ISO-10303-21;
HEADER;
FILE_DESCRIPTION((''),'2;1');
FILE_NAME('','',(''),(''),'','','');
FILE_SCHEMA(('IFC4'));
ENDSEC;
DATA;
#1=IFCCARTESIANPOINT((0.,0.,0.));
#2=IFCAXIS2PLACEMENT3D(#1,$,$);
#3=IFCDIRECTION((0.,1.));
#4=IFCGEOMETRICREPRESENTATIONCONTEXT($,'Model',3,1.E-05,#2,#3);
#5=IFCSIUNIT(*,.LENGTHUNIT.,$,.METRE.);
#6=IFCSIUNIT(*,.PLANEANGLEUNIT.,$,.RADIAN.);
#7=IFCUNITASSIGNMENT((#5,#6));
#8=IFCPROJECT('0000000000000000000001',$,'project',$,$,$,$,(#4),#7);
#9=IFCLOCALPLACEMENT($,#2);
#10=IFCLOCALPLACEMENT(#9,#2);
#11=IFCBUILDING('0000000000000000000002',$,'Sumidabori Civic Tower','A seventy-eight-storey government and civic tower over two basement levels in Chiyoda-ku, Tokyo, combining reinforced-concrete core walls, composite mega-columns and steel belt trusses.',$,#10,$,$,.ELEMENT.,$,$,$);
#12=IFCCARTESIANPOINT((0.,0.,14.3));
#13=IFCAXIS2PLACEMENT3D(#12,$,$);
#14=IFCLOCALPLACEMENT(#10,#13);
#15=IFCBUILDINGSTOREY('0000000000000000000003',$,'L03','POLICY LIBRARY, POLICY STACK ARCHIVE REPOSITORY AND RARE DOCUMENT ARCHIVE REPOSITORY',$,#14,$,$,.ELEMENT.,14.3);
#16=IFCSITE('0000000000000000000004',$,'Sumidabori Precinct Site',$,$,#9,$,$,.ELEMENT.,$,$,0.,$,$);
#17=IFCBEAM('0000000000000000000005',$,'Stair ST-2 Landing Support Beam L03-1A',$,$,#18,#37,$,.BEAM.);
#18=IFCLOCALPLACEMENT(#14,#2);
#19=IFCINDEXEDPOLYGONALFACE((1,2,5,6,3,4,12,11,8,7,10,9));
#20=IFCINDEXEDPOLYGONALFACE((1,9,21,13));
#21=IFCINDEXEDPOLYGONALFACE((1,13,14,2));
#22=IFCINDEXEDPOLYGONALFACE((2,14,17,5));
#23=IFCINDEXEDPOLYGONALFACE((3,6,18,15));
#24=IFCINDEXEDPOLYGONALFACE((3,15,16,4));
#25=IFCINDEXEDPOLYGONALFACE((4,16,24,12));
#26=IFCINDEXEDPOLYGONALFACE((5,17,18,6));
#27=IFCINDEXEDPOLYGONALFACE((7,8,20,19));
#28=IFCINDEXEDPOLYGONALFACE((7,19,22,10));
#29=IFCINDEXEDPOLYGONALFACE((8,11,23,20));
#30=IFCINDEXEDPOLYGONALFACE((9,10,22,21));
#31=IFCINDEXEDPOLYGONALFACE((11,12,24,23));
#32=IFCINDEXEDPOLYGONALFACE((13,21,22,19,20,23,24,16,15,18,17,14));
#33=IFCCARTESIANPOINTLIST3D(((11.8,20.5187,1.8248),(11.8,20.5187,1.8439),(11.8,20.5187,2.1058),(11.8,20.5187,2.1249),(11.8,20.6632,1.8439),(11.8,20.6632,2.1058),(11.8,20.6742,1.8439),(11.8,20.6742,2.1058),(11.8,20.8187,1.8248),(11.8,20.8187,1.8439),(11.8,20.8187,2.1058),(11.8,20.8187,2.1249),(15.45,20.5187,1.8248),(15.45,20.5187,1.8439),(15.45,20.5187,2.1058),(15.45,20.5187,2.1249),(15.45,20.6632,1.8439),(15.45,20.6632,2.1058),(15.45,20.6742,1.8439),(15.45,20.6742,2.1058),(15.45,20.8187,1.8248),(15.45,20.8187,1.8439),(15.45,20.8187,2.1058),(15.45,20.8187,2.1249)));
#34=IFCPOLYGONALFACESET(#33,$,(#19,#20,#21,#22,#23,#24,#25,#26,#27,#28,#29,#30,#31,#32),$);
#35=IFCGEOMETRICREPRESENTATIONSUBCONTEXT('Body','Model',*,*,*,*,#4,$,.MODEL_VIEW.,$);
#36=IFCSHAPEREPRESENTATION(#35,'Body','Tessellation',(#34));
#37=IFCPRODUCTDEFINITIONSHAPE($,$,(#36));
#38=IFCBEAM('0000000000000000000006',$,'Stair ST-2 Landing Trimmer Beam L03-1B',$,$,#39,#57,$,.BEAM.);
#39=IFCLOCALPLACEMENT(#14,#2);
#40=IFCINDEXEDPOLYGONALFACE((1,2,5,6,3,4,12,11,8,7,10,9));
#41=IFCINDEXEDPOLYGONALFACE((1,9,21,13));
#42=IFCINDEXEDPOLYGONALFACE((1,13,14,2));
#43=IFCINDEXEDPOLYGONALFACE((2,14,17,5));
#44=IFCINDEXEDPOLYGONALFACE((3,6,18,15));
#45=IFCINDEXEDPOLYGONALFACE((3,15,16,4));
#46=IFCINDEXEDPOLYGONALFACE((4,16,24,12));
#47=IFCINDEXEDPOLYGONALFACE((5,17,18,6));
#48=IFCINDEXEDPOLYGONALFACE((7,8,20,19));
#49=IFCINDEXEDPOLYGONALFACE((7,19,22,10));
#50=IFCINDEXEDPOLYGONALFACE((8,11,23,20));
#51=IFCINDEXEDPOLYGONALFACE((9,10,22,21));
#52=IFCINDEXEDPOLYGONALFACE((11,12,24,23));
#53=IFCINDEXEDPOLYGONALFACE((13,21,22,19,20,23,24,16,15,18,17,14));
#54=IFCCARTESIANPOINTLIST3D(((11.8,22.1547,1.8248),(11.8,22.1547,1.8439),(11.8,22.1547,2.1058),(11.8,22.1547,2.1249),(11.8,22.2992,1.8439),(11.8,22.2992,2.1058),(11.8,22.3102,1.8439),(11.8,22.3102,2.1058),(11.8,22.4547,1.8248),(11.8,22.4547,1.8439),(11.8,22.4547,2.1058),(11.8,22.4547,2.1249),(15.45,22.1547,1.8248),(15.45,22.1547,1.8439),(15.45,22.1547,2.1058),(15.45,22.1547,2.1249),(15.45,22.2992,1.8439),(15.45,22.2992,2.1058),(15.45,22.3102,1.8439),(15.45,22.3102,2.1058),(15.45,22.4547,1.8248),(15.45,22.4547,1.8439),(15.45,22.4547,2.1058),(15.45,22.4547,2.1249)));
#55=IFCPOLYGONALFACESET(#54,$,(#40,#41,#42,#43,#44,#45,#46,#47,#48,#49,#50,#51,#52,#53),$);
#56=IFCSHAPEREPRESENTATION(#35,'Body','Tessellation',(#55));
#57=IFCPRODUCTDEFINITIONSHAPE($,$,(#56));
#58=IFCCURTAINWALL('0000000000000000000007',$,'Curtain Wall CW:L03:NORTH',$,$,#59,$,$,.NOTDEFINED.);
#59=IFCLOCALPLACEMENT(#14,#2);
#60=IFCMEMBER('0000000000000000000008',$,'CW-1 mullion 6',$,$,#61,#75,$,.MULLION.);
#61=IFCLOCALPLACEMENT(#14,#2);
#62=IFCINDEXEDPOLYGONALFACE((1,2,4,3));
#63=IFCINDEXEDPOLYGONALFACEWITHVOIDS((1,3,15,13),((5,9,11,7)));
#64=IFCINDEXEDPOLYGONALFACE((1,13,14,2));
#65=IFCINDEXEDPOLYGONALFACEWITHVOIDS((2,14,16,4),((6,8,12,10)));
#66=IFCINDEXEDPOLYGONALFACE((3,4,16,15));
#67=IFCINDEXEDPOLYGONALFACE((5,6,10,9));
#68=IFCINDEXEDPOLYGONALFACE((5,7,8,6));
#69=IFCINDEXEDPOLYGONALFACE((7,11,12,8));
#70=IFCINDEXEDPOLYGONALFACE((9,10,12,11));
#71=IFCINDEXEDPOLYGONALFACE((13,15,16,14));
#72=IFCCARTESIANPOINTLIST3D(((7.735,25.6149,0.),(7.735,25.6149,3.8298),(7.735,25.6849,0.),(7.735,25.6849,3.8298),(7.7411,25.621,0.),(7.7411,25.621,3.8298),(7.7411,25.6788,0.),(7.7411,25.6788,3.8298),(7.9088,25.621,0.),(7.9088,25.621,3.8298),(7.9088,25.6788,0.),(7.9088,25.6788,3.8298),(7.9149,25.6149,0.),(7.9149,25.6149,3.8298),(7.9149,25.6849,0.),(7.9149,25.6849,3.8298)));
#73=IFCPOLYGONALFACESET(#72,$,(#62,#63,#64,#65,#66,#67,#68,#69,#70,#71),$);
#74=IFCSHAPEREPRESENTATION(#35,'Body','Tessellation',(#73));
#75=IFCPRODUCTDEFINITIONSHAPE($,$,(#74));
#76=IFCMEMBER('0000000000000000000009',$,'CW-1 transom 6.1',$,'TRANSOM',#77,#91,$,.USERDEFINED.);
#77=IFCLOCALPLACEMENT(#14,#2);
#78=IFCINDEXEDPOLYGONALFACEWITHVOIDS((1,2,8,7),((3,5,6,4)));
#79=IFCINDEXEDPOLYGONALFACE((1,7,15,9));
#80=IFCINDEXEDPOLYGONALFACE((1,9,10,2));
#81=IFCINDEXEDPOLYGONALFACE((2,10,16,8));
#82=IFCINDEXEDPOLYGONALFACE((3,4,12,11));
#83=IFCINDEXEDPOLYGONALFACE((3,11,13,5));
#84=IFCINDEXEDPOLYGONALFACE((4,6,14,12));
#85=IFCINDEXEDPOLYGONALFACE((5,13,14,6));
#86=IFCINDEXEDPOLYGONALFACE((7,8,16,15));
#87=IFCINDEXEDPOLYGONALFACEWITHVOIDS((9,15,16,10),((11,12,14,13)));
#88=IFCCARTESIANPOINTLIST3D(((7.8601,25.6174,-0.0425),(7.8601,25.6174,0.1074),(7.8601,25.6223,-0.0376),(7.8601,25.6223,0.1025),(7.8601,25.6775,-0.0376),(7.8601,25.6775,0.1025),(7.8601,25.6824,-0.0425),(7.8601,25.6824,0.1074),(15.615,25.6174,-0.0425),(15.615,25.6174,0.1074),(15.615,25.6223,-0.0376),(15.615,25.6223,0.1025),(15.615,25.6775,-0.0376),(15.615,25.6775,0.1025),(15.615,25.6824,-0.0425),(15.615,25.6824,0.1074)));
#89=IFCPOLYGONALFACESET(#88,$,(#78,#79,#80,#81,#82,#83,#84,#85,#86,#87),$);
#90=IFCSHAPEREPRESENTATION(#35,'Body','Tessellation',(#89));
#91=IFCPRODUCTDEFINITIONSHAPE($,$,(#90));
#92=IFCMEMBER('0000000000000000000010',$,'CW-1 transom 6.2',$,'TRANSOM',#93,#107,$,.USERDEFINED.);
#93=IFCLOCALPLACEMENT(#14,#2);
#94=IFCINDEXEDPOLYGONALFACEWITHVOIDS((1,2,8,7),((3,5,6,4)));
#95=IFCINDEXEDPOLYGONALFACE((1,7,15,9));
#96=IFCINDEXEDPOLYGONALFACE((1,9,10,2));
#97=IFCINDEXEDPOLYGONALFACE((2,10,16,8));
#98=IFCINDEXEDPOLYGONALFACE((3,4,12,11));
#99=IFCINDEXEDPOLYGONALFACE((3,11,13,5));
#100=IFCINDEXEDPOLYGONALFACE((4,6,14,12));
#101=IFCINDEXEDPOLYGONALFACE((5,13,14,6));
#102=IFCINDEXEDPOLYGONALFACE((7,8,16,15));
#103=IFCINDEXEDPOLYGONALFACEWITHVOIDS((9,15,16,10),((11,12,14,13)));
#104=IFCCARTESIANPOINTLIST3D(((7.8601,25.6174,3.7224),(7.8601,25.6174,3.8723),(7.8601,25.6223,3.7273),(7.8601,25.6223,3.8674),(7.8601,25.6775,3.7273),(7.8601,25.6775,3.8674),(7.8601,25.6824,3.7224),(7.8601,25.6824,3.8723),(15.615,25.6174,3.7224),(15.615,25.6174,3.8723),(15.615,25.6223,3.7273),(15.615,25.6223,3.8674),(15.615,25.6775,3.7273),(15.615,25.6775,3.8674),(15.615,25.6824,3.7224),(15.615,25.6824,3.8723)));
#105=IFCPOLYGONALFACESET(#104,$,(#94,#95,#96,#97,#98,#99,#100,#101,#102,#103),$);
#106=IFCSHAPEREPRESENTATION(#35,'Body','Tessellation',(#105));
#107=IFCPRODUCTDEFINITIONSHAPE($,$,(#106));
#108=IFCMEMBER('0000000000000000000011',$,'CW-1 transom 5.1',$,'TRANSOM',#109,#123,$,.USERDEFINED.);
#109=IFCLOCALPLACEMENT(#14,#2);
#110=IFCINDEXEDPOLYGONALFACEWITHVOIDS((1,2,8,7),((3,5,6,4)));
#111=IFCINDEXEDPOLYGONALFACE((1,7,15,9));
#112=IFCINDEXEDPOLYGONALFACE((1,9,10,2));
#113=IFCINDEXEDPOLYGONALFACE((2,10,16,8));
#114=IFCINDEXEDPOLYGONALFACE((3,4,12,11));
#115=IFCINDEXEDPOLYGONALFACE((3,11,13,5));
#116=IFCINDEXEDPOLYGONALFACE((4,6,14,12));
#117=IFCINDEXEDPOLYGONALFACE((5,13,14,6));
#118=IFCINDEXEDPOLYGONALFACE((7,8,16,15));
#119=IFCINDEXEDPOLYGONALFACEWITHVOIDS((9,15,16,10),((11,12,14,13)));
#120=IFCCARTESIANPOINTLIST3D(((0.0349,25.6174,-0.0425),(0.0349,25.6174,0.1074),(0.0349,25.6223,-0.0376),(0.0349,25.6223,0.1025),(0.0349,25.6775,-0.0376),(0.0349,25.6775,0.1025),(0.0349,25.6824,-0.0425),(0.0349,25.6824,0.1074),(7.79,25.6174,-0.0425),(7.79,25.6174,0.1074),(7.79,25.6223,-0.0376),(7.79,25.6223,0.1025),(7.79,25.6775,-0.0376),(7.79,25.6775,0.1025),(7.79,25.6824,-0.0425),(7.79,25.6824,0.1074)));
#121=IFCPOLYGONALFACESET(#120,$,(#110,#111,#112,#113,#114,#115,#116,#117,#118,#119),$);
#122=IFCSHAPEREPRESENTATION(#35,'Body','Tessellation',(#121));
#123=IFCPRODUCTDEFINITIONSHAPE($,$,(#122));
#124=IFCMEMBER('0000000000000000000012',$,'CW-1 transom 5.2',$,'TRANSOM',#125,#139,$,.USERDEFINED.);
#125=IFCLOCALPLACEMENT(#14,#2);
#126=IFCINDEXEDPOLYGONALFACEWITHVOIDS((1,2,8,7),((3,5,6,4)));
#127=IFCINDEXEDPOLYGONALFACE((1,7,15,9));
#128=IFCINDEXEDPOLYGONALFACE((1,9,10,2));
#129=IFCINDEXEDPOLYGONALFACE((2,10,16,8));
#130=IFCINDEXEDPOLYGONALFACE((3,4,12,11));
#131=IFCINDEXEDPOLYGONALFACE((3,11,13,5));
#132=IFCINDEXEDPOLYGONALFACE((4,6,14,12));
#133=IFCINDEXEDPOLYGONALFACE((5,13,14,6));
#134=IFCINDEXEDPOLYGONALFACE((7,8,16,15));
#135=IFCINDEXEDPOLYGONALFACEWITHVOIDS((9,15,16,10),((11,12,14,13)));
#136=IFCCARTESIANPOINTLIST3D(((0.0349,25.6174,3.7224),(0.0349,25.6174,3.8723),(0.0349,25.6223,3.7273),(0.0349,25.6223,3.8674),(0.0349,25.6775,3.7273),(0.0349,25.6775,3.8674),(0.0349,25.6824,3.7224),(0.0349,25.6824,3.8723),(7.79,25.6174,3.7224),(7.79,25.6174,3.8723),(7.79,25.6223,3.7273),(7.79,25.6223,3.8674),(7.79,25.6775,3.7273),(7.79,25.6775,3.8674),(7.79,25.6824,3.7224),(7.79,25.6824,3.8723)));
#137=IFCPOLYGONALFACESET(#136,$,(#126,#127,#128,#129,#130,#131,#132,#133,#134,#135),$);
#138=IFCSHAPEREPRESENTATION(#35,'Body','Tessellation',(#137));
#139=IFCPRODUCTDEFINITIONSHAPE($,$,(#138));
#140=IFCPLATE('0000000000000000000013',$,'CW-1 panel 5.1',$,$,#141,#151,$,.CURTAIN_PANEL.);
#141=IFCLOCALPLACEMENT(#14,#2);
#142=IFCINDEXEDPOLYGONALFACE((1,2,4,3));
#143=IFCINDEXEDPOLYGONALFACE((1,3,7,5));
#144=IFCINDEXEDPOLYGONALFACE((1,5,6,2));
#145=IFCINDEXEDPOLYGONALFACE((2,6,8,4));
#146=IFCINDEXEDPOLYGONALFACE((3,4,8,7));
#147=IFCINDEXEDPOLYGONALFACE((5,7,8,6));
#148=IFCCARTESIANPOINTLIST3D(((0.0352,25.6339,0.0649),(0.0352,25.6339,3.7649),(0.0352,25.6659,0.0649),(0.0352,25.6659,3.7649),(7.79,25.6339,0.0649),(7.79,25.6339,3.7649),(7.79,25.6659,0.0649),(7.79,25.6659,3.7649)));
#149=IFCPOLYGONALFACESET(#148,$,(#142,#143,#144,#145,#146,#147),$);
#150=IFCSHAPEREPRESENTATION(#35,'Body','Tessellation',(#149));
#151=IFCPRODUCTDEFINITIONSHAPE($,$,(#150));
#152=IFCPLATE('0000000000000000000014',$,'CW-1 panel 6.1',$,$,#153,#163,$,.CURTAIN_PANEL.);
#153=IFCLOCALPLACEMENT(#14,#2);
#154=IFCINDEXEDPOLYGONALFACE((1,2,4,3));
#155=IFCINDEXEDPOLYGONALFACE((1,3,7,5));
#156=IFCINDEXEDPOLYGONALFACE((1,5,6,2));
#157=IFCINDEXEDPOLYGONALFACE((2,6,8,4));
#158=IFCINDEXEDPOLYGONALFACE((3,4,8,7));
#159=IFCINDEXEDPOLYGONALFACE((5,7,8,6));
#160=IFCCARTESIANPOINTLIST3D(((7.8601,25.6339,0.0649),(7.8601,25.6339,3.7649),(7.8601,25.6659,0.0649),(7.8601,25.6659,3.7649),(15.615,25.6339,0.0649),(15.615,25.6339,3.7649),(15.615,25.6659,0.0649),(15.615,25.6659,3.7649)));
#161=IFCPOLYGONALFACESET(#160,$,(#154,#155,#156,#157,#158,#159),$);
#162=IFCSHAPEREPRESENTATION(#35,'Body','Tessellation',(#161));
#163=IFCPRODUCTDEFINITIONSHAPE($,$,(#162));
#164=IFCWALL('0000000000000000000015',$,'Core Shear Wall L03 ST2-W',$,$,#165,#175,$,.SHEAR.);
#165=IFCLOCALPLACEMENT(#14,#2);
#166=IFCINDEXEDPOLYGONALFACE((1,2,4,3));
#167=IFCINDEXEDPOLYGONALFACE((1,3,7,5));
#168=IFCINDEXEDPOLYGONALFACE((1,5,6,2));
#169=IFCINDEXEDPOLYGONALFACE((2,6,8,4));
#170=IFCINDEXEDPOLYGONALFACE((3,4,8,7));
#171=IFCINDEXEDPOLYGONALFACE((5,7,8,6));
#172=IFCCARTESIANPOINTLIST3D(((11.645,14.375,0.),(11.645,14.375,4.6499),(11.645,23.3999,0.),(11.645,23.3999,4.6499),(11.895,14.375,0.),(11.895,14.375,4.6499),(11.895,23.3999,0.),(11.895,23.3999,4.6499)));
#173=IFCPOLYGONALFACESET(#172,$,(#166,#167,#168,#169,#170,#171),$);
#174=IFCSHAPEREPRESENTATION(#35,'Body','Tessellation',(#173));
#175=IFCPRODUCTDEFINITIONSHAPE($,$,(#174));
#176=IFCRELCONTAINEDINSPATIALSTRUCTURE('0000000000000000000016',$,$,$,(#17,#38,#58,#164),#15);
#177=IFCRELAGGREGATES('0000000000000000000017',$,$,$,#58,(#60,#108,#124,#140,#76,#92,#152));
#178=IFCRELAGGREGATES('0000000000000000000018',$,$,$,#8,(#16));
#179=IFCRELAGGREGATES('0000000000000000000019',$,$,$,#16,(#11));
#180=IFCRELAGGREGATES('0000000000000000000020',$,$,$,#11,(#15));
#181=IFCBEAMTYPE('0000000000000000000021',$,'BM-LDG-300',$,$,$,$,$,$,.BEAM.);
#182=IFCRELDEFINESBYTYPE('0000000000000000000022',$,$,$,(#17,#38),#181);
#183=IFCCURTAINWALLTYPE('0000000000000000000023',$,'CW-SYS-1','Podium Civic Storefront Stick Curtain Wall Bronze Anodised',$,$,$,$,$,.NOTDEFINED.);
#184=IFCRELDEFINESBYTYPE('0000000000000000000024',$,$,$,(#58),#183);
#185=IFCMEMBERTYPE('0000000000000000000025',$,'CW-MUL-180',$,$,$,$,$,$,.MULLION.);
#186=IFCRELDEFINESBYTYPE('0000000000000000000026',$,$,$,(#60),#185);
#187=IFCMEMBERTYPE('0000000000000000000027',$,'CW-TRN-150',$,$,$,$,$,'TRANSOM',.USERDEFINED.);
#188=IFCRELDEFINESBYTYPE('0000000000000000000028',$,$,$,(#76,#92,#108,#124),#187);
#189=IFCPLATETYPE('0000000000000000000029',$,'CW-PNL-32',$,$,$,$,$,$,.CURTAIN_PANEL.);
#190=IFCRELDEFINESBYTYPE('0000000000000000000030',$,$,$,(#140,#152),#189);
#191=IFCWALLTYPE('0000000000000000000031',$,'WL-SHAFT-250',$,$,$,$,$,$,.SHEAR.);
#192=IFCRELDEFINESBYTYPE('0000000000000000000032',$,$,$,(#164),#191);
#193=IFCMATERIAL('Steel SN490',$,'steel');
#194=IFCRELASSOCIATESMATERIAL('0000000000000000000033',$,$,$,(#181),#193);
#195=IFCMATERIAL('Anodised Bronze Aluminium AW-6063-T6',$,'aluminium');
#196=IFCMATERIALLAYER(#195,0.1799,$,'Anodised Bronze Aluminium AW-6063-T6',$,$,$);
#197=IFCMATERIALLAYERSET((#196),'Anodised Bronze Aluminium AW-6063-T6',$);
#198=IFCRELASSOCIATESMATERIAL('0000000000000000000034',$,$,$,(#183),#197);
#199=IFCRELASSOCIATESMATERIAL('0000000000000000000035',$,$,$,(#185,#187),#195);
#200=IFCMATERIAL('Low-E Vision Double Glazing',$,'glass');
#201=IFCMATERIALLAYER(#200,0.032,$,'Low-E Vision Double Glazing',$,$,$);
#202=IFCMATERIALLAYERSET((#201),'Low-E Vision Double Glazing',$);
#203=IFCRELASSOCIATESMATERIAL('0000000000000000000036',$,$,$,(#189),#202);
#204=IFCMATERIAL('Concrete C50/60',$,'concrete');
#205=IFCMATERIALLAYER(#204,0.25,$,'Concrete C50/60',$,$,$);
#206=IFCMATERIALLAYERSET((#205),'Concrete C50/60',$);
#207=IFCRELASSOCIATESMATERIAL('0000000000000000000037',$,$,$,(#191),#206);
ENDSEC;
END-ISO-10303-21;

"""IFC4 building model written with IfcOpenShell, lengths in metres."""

from ifc_helpers import new_model, si_unit, direction, frame, frame_2d, origin, origin_2d, place, context, subcontext, project, spatial, rectangle, hollow_rectangle, i_section, extrude, source, transform, mapped, material, layer, layer_set, material_profile, profile_set, type_object, element, aggregate, save


model = new_model("IFC4")

# Units and contexts
model_context = context("Model", 3, precision=1e-05, world=origin(), true_north=direction((0.0, 1.0)))
body_context = subcontext(model_context, "Body", "Model", "MODEL_VIEW")
ifc_project = project(units=[si_unit("LENGTHUNIT", "METRE"), si_unit("PLANEANGLEUNIT", "RADIAN")], contexts=[model_context])

# Site, building, storey
site_placement = place(None, origin())
site = spatial("IfcSite", under=ifc_project, at=site_placement, Name="Sumidabori Precinct Site", CompositionType="ELEMENT", RefElevation=0.0)
building_placement = place(site_placement, origin())
building = spatial("IfcBuilding", under=site, at=building_placement, Name="Sumidabori Civic Tower", Description="A seventy-eight-storey government and civic tower over two basement levels in Chiyoda-ku, Tokyo, combining reinforced-concrete core walls, composite mega-columns and steel belt trusses.", CompositionType="ELEMENT")
storey_placement = place(building_placement, frame((0.0, 0.0, 14.3)))
storey = spatial("IfcBuildingStorey", under=building, at=storey_placement, Name="L03", Description="POLICY LIBRARY, POLICY STACK ARCHIVE REPOSITORY AND RARE DOCUMENT ARCHIVE REPOSITORY", CompositionType="ELEMENT", Elevation=14.3)

# Beams
ifc_material_1 = material(Name="Steel SN490", Category="steel")
ifc_material_profile_1 = material_profile(ifc_material_1, i_section(OverallWidth=0.3, OverallDepth=0.3, WebThickness=0.011, FlangeThickness=0.019, at=origin_2d()), Name="HE 300 B")
ifc_profile_set_1 = profile_set([ifc_material_profile_1], Name="Steel SN490")
beam_type = type_object("IfcBeamType", Name="BM-LDG-300", PredefinedType="BEAM", material=ifc_profile_set_1)
shared_shape_1 = source(origin(), body_context, "Body", "SweptSolid", [
    extrude(i_section(OverallWidth=0.3, OverallDepth=0.3, WebThickness=0.011, FlangeThickness=0.019, at=origin_2d()), origin(), (0.0, 0.0, 1.0), 3.6499),
])
for number, where, z_axis, x_axis, name in (
    (1, (11.8, 20.6687, 1.9749), (1.0, 0.0, 0.0), (0.0, 1.0, 0.0), "Stair ST-2 Landing Support Beam L03-1A"),
    (2, (11.8, 22.3047, 1.9749), (1.0, 0.0, 0.0), (0.0, 1.0, 0.0), "Stair ST-2 Landing Trimmer Beam L03-1B"),
):
    element("IfcBeam", number, at=place(storey_placement, frame(where, z_axis=z_axis, x_axis=x_axis)), inside=storey, type_object=beam_type, Name=name, PredefinedType="BEAM", context=body_context, shape_type="MappedRepresentation", body=[
        mapped(shared_shape_1, transform((0.0, 0.0, 0.0), x_axis=(1.0, 0.0, 0.0), y_axis=(0.0, 1.0, 0.0), z_axis=(0.0, 0.0, 1.0), scale=1.0)),
    ])

# Curtain wall, members, plates
ifc_material_2 = material(Name="Anodised Bronze Aluminium AW-6063-T6", Category="aluminium")
ifc_layer_1 = layer(ifc_material_2, 0.1799, Name="Anodised Bronze Aluminium AW-6063-T6")
ifc_layer_set_1 = layer_set([ifc_layer_1], Name="Anodised Bronze Aluminium AW-6063-T6")
curtain_wall_type = type_object("IfcCurtainWallType", Name="CW-SYS-1", Description="Podium Civic Storefront Stick Curtain Wall Bronze Anodised", PredefinedType="NOTDEFINED", material=ifc_layer_set_1)
curtain_wall_placement = place(storey_placement, origin())
curtain_wall = element("IfcCurtainWall", 3, at=curtain_wall_placement, inside=storey, type_object=curtain_wall_type, Name="Curtain Wall CW:L03:NORTH", PredefinedType="NOTDEFINED")
ifc_material_profile_2 = material_profile(ifc_material_2, hollow_rectangle(XDim=0.0701, YDim=0.1799, WallThickness=0.0061, at=origin_2d()), Name="ALU MULLION 180x70")
ifc_profile_set_2 = profile_set([ifc_material_profile_2], Name="Anodised Bronze Aluminium AW-6063-T6")
member_type_1 = type_object("IfcMemberType", Name="CW-MUL-180", PredefinedType="MULLION", material=ifc_profile_set_2)
shared_shape_2 = source(origin(), body_context, "Body", "SweptSolid", [
    extrude(hollow_rectangle(XDim=0.0701, YDim=0.1799, WallThickness=0.0061, at=origin_2d()), origin(), (0.0, 0.0, 1.0), 3.8298),
])
member_1_placement = place(storey_placement, frame((7.825, 25.6499, 0.0), z_axis=(0.0, 0.0, 1.0), x_axis=(0.0, 1.0, 0.0)))
member_1 = element("IfcMember", 4, at=member_1_placement, type_object=member_type_1, Name="CW-1 mullion 6", PredefinedType="MULLION", context=body_context, shape_type="MappedRepresentation", body=[
    mapped(shared_shape_2, transform((0.0, 0.0, 0.0), x_axis=(1.0, 0.0, 0.0), y_axis=(0.0, 1.0, 0.0), z_axis=(0.0, 0.0, 1.0), scale=1.0)),
])
ifc_material_profile_3 = material_profile(ifc_material_2, hollow_rectangle(XDim=0.0649, YDim=0.1499, WallThickness=0.0049, at=origin_2d()), Name="ALU TRANSOM 150x65")
ifc_profile_set_3 = profile_set([ifc_material_profile_3], Name="Anodised Bronze Aluminium AW-6063-T6")
member_type_2 = type_object("IfcMemberType", Name="CW-TRN-150", ElementType="TRANSOM", PredefinedType="USERDEFINED", material=ifc_profile_set_3)
shared_shape_3 = source(origin(), body_context, "Body", "SweptSolid", [
    extrude(hollow_rectangle(XDim=0.0649, YDim=0.1499, WallThickness=0.0049, at=origin_2d()), origin(), (0.0, 0.0, 1.0), 7.7549),
])
member_2_placement = place(storey_placement, frame((7.8601, 25.6499, 0.0325), z_axis=(1.0, 0.0, 0.0), x_axis=(0.0, 1.0, 0.0)))
member_2 = element("IfcMember", 5, at=member_2_placement, type_object=member_type_2, Name="CW-1 transom 6.1", ObjectType="TRANSOM", PredefinedType="USERDEFINED", context=body_context, shape_type="MappedRepresentation", body=[
    mapped(shared_shape_3, transform((0.0, 0.0, 0.0), x_axis=(1.0, 0.0, 0.0), y_axis=(0.0, 1.0, 0.0), z_axis=(0.0, 0.0, 1.0), scale=1.0)),
])
member_3_placement = place(storey_placement, frame((7.8601, 25.6499, 3.7974), z_axis=(1.0, 0.0, 0.0), x_axis=(0.0, 1.0, 0.0)))
member_3 = element("IfcMember", 6, at=member_3_placement, type_object=member_type_2, Name="CW-1 transom 6.2", ObjectType="TRANSOM", PredefinedType="USERDEFINED", context=body_context, shape_type="MappedRepresentation", body=[
    mapped(shared_shape_3, transform((0.0, 0.0, 0.0), x_axis=(1.0, 0.0, 0.0), y_axis=(0.0, 1.0, 0.0), z_axis=(0.0, 0.0, 1.0), scale=1.0)),
])
shared_shape_4 = source(origin(), body_context, "Body", "SweptSolid", [
    extrude(hollow_rectangle(XDim=0.0649, YDim=0.1499, WallThickness=0.0049, at=origin_2d()), origin(), (0.0, 0.0, 1.0), 7.7551),
])
member_4_placement = place(storey_placement, frame((0.0349, 25.6499, 0.0325), z_axis=(1.0, 0.0, 0.0), x_axis=(0.0, 1.0, 0.0)))
member_4 = element("IfcMember", 7, at=member_4_placement, type_object=member_type_2, Name="CW-1 transom 5.1", ObjectType="TRANSOM", PredefinedType="USERDEFINED", context=body_context, shape_type="MappedRepresentation", body=[
    mapped(shared_shape_4, transform((0.0, 0.0, 0.0), x_axis=(1.0, 0.0, 0.0), y_axis=(0.0, 1.0, 0.0), z_axis=(0.0, 0.0, 1.0), scale=1.0)),
])
member_5_placement = place(storey_placement, frame((0.0349, 25.6499, 3.7974), z_axis=(1.0, 0.0, 0.0), x_axis=(0.0, 1.0, 0.0)))
member_5 = element("IfcMember", 8, at=member_5_placement, type_object=member_type_2, Name="CW-1 transom 5.2", ObjectType="TRANSOM", PredefinedType="USERDEFINED", context=body_context, shape_type="MappedRepresentation", body=[
    mapped(shared_shape_4, transform((0.0, 0.0, 0.0), x_axis=(1.0, 0.0, 0.0), y_axis=(0.0, 1.0, 0.0), z_axis=(0.0, 0.0, 1.0), scale=1.0)),
])
ifc_material_3 = material(Name="Low-E Vision Double Glazing", Category="glass")
ifc_layer_2 = layer(ifc_material_3, 0.032, Name="Low-E Vision Double Glazing")
ifc_layer_set_2 = layer_set([ifc_layer_2], Name="Low-E Vision Double Glazing")
plate_type = type_object("IfcPlateType", Name="CW-PNL-32", PredefinedType="CURTAIN_PANEL", material=ifc_layer_set_2)
shared_shape_5 = source(origin(), body_context, "Body", "SweptSolid", [
    extrude(rectangle(XDim=7.7549, YDim=0.032, at=origin_2d()), origin(), (0.0, 0.0, 1.0), 3.7),
])
plate_1_placement = place(storey_placement, frame((3.9126, 25.6499, 0.0649), z_axis=(0.0, 0.0, 1.0), x_axis=(1.0, 0.0, 0.0)))
plate_1 = element("IfcPlate", 9, at=plate_1_placement, type_object=plate_type, Name="CW-1 panel 5.1", PredefinedType="CURTAIN_PANEL", context=body_context, shape_type="MappedRepresentation", body=[
    mapped(shared_shape_5, transform((0.0, 0.0, 0.0), x_axis=(1.0, 0.0, 0.0), y_axis=(0.0, 1.0, 0.0), z_axis=(0.0, 0.0, 1.0), scale=1.0)),
])
plate_2_placement = place(storey_placement, frame((11.7375, 25.6499, 0.0649), z_axis=(0.0, 0.0, 1.0), x_axis=(1.0, 0.0, 0.0)))
plate_2 = element("IfcPlate", 10, at=plate_2_placement, type_object=plate_type, Name="CW-1 panel 6.1", PredefinedType="CURTAIN_PANEL", context=body_context, shape_type="MappedRepresentation", body=[
    mapped(shared_shape_5, transform((0.0, 0.0, 0.0), x_axis=(1.0, 0.0, 0.0), y_axis=(0.0, 1.0, 0.0), z_axis=(0.0, 0.0, 1.0), scale=1.0)),
])
aggregate(curtain_wall, [member_1, member_4, member_5, plate_1, member_2, member_3, plate_2])

# Shared definitions
ifc_material_4 = material(Name="Concrete C50/60", Category="concrete")
ifc_layer_3 = layer(ifc_material_4, 0.25, Name="Concrete C50/60")
ifc_layer_set_3 = layer_set([ifc_layer_3], Name="Concrete C50/60")
wall_type_1 = type_object("IfcWallType", Name="WL-SHAFT-250", PredefinedType="SHEAR", material=ifc_layer_set_3)

# Wall
shared_shape_6 = source(origin(), body_context, "Body", "SweptSolid", [
    extrude(rectangle(XDim=9.0249, YDim=0.25, at=frame_2d((4.5125, 0.0))), origin(), (0.0, 0.0, 1.0), 4.6499),
])
wall_1_placement = place(storey_placement, frame((11.77, 14.375, 0.0), z_axis=(0.0, 0.0, 1.0), x_axis=(0.0, 1.0, 0.0)))
element("IfcWall", 11, at=wall_1_placement, inside=storey, type_object=wall_type_1, Name="Core Shear Wall L03 ST2-W", PredefinedType="SHEAR", context=body_context, shape_type="MappedRepresentation", body=[
    mapped(shared_shape_6, transform((0.0, 0.0, 0.0), x_axis=(1.0, 0.0, 0.0), y_axis=(0.0, 1.0, 0.0), z_axis=(0.0, 0.0, 1.0), scale=1.0)),
])

save(model, "model.ifc")
